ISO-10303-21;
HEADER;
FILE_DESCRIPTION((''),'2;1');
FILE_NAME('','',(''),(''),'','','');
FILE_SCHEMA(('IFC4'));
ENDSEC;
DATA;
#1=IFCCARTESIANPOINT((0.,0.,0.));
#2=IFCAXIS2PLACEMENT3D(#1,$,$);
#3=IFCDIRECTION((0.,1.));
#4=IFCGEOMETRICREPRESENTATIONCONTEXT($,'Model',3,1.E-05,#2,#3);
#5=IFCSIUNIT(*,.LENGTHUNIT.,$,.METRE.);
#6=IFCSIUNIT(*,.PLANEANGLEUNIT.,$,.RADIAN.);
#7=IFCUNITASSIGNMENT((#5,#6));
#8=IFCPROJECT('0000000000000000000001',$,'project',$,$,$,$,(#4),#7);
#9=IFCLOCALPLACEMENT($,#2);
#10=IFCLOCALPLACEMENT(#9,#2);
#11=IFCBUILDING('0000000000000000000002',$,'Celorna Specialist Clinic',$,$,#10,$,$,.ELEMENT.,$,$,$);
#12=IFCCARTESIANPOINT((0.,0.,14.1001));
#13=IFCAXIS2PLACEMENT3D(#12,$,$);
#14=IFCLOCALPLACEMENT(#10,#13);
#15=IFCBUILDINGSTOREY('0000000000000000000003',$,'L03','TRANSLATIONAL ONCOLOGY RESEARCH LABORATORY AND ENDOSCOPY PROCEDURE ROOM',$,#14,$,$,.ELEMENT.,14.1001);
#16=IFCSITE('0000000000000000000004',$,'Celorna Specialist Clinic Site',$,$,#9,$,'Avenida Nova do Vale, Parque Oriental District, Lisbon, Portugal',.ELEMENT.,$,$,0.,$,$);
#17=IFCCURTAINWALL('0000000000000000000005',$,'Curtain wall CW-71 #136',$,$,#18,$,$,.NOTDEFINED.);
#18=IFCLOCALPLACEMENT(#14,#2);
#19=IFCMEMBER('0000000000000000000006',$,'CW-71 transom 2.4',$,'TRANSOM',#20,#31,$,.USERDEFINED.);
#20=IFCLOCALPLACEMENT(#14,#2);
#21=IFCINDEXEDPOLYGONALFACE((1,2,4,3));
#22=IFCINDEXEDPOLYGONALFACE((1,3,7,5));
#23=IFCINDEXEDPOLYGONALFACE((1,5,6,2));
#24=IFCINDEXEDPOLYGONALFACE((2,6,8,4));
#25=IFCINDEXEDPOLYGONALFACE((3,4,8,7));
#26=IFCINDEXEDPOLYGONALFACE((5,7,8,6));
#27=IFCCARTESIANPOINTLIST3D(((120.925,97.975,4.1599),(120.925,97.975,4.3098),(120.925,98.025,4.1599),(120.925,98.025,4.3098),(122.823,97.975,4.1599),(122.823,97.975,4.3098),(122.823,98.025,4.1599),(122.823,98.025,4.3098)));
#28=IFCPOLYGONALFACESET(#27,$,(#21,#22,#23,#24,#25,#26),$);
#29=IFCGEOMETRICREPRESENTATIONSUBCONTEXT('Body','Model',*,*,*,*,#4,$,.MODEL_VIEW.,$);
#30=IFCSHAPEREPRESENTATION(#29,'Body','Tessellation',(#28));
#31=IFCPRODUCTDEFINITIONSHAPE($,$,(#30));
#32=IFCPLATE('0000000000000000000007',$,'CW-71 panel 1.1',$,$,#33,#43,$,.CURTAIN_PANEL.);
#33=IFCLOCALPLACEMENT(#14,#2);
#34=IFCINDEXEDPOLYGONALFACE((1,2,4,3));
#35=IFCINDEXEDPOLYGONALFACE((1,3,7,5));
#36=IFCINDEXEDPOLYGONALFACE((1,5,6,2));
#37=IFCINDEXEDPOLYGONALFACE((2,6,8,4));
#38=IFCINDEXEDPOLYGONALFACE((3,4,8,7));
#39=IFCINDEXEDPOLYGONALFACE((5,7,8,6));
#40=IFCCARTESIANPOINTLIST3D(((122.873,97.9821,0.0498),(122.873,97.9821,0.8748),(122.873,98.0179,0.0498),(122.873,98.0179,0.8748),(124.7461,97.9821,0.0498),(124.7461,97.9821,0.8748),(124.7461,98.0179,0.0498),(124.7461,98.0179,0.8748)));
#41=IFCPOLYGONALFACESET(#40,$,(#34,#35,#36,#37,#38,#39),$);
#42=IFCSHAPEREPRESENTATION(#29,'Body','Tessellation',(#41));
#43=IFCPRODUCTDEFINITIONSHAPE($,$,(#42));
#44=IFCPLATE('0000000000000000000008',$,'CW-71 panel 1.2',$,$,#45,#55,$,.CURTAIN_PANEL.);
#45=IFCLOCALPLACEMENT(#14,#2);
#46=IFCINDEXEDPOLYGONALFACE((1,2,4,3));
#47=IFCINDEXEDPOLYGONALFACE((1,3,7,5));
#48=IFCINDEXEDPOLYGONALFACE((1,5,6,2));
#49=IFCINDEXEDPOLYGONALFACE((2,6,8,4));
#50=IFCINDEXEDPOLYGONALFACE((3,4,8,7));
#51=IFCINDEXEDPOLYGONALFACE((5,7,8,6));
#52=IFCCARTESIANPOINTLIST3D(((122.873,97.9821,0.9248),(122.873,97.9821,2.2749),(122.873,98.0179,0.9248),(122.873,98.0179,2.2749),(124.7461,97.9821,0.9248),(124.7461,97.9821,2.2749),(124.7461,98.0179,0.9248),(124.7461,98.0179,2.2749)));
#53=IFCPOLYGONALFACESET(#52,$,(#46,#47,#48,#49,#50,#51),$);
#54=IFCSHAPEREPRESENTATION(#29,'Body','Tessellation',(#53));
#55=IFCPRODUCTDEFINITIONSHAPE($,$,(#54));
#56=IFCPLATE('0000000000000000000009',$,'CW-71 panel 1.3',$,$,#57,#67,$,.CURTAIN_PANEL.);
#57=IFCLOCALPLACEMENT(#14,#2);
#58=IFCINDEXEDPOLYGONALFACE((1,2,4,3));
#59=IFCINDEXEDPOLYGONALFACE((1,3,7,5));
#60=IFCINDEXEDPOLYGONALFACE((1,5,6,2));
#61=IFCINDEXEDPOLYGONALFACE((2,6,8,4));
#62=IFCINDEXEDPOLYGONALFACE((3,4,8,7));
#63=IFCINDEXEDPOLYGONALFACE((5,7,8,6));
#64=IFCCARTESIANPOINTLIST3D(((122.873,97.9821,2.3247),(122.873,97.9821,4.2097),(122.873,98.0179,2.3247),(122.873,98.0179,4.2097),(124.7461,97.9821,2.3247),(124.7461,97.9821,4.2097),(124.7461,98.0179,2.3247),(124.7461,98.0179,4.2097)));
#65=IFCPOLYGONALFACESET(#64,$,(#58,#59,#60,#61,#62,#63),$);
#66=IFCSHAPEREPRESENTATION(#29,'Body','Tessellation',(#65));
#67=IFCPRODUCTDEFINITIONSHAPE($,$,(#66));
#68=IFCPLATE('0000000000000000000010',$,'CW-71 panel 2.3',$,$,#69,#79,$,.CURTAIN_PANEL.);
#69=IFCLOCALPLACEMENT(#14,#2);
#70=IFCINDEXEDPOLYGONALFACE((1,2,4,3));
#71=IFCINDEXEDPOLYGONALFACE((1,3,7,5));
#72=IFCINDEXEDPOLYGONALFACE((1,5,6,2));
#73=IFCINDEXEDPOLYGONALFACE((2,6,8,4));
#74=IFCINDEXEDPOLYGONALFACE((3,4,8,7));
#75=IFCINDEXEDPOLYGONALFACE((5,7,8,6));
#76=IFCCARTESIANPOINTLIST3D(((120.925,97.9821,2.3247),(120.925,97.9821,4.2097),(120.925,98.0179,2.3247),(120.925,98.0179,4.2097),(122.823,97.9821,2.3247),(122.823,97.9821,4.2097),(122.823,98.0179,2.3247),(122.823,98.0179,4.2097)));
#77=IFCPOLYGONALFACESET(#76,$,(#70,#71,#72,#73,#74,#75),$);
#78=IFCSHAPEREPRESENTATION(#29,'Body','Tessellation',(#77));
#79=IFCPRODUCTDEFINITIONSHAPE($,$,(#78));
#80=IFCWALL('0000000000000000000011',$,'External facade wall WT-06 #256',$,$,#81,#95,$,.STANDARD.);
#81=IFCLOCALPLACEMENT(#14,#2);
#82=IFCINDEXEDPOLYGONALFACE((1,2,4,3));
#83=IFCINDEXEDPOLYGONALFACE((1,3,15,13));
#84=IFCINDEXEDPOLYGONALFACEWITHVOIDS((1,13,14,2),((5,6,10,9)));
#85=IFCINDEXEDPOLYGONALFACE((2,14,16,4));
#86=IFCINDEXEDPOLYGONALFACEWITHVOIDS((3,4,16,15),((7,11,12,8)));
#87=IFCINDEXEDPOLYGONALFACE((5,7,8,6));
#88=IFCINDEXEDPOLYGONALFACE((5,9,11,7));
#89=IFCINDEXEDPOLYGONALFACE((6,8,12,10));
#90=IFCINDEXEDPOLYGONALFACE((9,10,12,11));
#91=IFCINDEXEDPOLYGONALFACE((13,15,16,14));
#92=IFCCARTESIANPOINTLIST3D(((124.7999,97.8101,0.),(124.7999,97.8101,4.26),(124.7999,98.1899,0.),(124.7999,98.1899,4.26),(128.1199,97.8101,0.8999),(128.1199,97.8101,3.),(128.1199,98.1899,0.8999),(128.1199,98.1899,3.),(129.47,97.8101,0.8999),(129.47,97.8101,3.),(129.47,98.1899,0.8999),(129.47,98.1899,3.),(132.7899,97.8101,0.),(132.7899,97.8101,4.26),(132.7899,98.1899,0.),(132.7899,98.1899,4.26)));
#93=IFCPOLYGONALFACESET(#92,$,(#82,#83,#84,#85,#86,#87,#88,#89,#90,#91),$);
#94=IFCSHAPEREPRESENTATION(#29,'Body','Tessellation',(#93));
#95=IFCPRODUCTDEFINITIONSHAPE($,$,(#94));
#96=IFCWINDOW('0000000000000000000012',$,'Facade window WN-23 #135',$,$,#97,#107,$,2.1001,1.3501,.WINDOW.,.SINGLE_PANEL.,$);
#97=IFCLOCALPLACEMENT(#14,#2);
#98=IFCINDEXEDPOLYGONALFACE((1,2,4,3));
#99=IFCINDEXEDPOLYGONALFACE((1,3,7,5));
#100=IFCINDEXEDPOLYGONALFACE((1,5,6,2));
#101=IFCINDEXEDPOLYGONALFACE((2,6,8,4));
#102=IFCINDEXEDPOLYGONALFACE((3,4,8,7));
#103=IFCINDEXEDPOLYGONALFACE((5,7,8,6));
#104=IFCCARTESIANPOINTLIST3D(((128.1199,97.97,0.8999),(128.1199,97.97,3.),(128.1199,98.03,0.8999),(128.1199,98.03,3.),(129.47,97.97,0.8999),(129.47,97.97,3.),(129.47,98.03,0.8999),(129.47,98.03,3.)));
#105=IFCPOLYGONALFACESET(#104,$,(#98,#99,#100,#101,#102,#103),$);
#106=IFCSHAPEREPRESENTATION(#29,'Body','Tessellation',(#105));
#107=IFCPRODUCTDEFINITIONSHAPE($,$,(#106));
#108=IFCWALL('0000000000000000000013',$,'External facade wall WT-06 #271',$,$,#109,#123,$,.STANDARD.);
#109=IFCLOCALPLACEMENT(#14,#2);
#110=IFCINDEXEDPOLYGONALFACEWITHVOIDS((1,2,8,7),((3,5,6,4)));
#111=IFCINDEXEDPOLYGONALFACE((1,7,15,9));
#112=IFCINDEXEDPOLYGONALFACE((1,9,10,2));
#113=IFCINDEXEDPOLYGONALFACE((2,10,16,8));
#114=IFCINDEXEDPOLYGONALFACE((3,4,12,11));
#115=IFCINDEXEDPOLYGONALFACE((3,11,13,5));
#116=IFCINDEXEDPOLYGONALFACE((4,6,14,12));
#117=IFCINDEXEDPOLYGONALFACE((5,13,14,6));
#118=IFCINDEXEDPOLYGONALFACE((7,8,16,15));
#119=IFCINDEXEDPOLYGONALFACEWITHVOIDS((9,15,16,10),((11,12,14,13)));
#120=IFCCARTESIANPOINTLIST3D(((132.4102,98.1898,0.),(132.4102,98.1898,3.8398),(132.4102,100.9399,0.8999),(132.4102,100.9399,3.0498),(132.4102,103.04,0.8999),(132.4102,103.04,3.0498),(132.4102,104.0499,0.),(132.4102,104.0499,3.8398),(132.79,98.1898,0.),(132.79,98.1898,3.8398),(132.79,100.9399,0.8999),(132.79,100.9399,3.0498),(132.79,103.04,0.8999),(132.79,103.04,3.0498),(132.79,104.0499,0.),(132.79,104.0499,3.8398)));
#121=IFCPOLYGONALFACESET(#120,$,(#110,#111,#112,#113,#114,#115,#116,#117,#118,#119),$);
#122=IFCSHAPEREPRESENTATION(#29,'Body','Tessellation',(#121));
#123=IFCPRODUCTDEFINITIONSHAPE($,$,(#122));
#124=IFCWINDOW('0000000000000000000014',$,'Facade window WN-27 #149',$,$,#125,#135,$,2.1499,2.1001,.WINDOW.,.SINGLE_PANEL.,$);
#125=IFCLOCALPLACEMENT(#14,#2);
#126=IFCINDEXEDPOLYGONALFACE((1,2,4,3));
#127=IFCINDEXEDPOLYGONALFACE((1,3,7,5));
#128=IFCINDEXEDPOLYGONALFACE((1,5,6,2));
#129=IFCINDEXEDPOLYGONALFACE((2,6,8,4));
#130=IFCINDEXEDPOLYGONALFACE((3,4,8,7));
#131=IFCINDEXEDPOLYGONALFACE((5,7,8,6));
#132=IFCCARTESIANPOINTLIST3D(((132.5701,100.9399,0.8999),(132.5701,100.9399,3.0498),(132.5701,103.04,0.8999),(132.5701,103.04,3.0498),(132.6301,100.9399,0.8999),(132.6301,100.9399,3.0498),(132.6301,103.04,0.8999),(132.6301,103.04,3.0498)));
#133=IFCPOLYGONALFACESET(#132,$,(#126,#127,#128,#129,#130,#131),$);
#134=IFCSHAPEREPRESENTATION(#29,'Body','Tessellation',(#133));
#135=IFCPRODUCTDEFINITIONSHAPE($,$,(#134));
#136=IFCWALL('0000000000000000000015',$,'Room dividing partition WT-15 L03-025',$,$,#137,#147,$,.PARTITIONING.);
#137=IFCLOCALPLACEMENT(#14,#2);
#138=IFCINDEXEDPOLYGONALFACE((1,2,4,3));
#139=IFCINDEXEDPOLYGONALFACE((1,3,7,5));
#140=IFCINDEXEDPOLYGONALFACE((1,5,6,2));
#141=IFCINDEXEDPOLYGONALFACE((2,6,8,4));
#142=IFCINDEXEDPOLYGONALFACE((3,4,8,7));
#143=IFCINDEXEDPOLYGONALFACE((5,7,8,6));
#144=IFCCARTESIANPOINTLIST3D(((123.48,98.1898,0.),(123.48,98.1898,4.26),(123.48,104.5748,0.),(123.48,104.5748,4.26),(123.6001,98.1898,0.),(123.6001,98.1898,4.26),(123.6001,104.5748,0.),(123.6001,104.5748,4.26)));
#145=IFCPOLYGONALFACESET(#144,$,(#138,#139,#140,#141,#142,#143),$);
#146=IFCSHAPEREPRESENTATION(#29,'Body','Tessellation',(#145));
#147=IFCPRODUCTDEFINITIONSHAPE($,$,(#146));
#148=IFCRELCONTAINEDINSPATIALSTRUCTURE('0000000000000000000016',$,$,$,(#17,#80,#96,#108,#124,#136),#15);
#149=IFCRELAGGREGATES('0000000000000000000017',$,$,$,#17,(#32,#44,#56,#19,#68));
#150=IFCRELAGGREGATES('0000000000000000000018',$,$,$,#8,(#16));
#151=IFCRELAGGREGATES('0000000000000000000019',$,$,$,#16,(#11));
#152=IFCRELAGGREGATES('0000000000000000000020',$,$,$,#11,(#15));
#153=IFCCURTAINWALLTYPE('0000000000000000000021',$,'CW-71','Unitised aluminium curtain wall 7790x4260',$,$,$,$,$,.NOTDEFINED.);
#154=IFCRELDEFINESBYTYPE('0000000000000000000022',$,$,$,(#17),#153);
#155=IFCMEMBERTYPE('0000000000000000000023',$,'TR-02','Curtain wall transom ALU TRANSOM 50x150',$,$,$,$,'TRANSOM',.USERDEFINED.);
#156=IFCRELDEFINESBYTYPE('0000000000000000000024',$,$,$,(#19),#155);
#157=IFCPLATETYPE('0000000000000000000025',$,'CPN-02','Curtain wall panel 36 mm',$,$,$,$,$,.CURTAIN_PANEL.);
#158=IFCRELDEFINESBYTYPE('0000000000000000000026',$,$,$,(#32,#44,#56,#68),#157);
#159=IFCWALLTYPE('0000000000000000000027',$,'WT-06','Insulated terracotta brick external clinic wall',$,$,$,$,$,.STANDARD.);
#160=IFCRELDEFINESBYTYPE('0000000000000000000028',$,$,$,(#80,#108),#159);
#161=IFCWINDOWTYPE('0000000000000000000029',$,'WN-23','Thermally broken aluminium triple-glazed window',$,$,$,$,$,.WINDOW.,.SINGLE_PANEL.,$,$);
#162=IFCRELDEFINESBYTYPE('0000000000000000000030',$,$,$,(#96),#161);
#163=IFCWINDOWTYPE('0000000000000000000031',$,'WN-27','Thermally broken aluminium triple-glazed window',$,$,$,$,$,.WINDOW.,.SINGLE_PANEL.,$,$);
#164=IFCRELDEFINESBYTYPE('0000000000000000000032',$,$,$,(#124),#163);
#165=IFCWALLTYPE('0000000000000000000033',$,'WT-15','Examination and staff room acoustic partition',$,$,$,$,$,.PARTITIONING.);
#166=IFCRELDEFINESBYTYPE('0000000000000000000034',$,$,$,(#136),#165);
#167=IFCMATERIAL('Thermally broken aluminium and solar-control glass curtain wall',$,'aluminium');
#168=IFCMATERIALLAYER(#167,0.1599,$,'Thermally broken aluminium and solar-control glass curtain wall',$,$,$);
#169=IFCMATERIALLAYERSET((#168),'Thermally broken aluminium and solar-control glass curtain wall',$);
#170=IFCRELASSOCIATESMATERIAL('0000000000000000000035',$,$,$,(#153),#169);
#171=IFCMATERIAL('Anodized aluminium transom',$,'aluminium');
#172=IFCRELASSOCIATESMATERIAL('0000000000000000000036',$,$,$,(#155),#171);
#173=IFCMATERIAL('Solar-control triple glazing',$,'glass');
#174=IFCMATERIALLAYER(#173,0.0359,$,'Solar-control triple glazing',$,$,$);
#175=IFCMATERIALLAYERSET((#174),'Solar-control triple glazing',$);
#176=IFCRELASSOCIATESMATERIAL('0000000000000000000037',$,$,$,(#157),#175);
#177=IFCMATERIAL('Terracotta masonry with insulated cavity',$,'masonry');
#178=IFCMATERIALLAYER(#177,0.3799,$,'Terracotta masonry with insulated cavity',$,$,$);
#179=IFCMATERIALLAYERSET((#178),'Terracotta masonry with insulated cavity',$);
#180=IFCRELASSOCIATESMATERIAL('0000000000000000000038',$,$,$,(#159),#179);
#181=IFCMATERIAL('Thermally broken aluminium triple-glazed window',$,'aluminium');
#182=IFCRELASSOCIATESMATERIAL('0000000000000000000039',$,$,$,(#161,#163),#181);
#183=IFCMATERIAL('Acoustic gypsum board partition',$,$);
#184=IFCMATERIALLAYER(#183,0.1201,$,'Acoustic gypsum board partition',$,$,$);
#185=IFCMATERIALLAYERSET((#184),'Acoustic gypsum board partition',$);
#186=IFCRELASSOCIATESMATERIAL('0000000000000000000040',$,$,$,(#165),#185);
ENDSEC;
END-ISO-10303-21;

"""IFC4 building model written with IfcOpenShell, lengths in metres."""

from ifc_helpers import new_model, si_unit, direction, frame, frame_2d, origin, origin_2d, place, context, subcontext, project, spatial, rectangle, extrude, material, layer, layer_set, material_profile, profile_set, type_object, element, fill, aggregate, save


model = new_model("IFC4")

# Units and contexts
model_context = context("Model", 3, precision=1e-05, world=origin(), true_north=direction((0.0, 1.0)))
body_context = subcontext(model_context, "Body", "Model", "MODEL_VIEW")
ifc_project = project(units=[si_unit("LENGTHUNIT", "METRE"), si_unit("PLANEANGLEUNIT", "RADIAN")], contexts=[model_context])

# Site, building, storey
site_placement = place(None, origin())
site = spatial("IfcSite", under=ifc_project, at=site_placement, Name="Celorna Specialist Clinic Site", LongName="Avenida Nova do Vale, Parque Oriental District, Lisbon, Portugal", CompositionType="ELEMENT", RefElevation=0.0)
building_placement = place(site_placement, origin())
building = spatial("IfcBuilding", under=site, at=building_placement, Name="Celorna Specialist Clinic", CompositionType="ELEMENT")
storey_placement = place(building_placement, frame((0.0, 0.0, 14.1001)))
storey = spatial("IfcBuildingStorey", under=building, at=storey_placement, Name="L03", Description="TRANSLATIONAL ONCOLOGY RESEARCH LABORATORY AND ENDOSCOPY PROCEDURE ROOM", CompositionType="ELEMENT", Elevation=14.1001)

# Curtain wall, member, plates
ifc_material_1 = material(Name="Thermally broken aluminium and solar-control glass curtain wall", Category="aluminium")
ifc_layer_1 = layer(ifc_material_1, 0.1599, Name="Thermally broken aluminium and solar-control glass curtain wall")
ifc_layer_set_1 = layer_set([ifc_layer_1], Name="Thermally broken aluminium and solar-control glass curtain wall")
curtain_wall_type = type_object("IfcCurtainWallType", Name="CW-71", Description="Unitised aluminium curtain wall 7790x4260", PredefinedType="NOTDEFINED", material=ifc_layer_set_1)
curtain_wall_placement = place(storey_placement, origin())
curtain_wall = element("IfcCurtainWall", 1, at=curtain_wall_placement, inside=storey, type_object=curtain_wall_type, Name="Curtain wall CW-71 #136", PredefinedType="NOTDEFINED")
ifc_material_2 = material(Name="Anodized aluminium transom", Category="aluminium")
ifc_material_profile_1 = material_profile(ifc_material_2, rectangle(XDim=0.05, YDim=0.1499, at=origin_2d()), Name="ALU TRANSOM 50x150")
ifc_profile_set_1 = profile_set([ifc_material_profile_1], Name="Anodized aluminium transom")
member_type_1 = type_object("IfcMemberType", Name="TR-02", Description="Curtain wall transom ALU TRANSOM 50x150", ElementType="TRANSOM", PredefinedType="USERDEFINED", material=ifc_profile_set_1)
member_1_placement = place(storey_placement, frame((122.823, 98.0, 4.2349), z_axis=(-1.0, 0.0, 0.0), x_axis=(0.0, -1.0, 0.0)))
member_1 = element("IfcMember", 2, at=member_1_placement, type_object=member_type_1, Name="CW-71 transom 2.4", ObjectType="TRANSOM", PredefinedType="USERDEFINED", context=body_context, shape_type="SweptSolid", body=[
    extrude(rectangle(XDim=0.05, YDim=0.1499, at=origin_2d()), origin(), (0.0, 0.0, 1.0), 1.8979),
])
ifc_material_3 = material(Name="Solar-control triple glazing", Category="glass")
ifc_layer_2 = layer(ifc_material_3, 0.0359, Name="Solar-control triple glazing")
ifc_layer_set_2 = layer_set([ifc_layer_2], Name="Solar-control triple glazing")
plate_type = type_object("IfcPlateType", Name="CPN-02", Description="Curtain wall panel 36 mm", PredefinedType="CURTAIN_PANEL", material=ifc_layer_set_2)
plate_1_placement = place(storey_placement, frame((123.8096, 98.0, 0.0498), z_axis=(0.0, 0.0, 1.0), x_axis=(-1.0, 0.0, 0.0)))
plate_1 = element("IfcPlate", 3, at=plate_1_placement, type_object=plate_type, Name="CW-71 panel 1.1", PredefinedType="CURTAIN_PANEL", context=body_context, shape_type="SweptSolid", body=[
    extrude(rectangle(XDim=1.873, YDim=0.0359, at=origin_2d()), origin(), (0.0, 0.0, 1.0), 0.825),
])
plate_2_placement = place(storey_placement, frame((123.8096, 98.0, 0.9248), z_axis=(0.0, 0.0, 1.0), x_axis=(-1.0, 0.0, 0.0)))
plate_2 = element("IfcPlate", 4, at=plate_2_placement, type_object=plate_type, Name="CW-71 panel 1.2", PredefinedType="CURTAIN_PANEL", context=body_context, shape_type="SweptSolid", body=[
    extrude(rectangle(XDim=1.873, YDim=0.0359, at=origin_2d()), origin(), (0.0, 0.0, 1.0), 1.3501),
])
plate_3_placement = place(storey_placement, frame((123.8096, 98.0, 2.3247), z_axis=(0.0, 0.0, 1.0), x_axis=(-1.0, 0.0, 0.0)))
plate_3 = element("IfcPlate", 5, at=plate_3_placement, type_object=plate_type, Name="CW-71 panel 1.3", PredefinedType="CURTAIN_PANEL", context=body_context, shape_type="SweptSolid", body=[
    extrude(rectangle(XDim=1.873, YDim=0.0359, at=origin_2d()), origin(), (0.0, 0.0, 1.0), 1.885),
])
plate_4_placement = place(storey_placement, frame((121.874, 98.0, 2.3247), z_axis=(0.0, 0.0, 1.0), x_axis=(-1.0, 0.0, 0.0)))
plate_4 = element("IfcPlate", 6, at=plate_4_placement, type_object=plate_type, Name="CW-71 panel 2.3", PredefinedType="CURTAIN_PANEL", context=body_context, shape_type="SweptSolid", body=[
    extrude(rectangle(XDim=1.8979, YDim=0.0359, at=origin_2d()), origin(), (0.0, 0.0, 1.0), 1.885),
])
aggregate(curtain_wall, [plate_1, plate_2, plate_3, member_1, plate_4])

# Walls, openings, windows
ifc_material_4 = material(Name="Terracotta masonry with insulated cavity", Category="masonry")
ifc_layer_3 = layer(ifc_material_4, 0.3799, Name="Terracotta masonry with insulated cavity")
ifc_layer_set_3 = layer_set([ifc_layer_3], Name="Terracotta masonry with insulated cavity")
wall_type_1 = type_object("IfcWallType", Name="WT-06", Description="Insulated terracotta brick external clinic wall", PredefinedType="STANDARD", material=ifc_layer_set_3)
wall_1_placement = place(storey_placement, frame((132.79, 98.0, 0.0), z_axis=(0.0, 0.0, 1.0), x_axis=(-1.0, 0.0, 0.0)))
wall_1 = element("IfcWall", 7, at=wall_1_placement, inside=storey, type_object=wall_type_1, Name="External facade wall WT-06 #256", PredefinedType="STANDARD", context=body_context, shape_type="SweptSolid", body=[
    extrude(rectangle(XDim=7.99, YDim=0.3799, at=frame_2d((3.9951, 0.0))), origin(), (0.0, 0.0, 1.0), 4.26),
])
opening_1_placement = place(wall_1_placement, frame((3.3201, 0.0, 0.8999)))
opening_1 = element("IfcOpeningElement", 8, at=opening_1_placement, cuts=wall_1, PredefinedType="OPENING", context=body_context, shape_type="SweptSolid", body=[
    extrude(rectangle(XDim=1.3501, YDim=2.1001, at=frame_2d((0.675, 1.05))), frame((0.0, 0.2, 0.0), z_axis=(0.0, -1.0, 0.0), x_axis=(1.0, 0.0, 0.0)), (0.0, 0.0, 1.0), 0.3999),
])
ifc_material_5 = material(Name="Thermally broken aluminium triple-glazed window", Category="aluminium")
window_type_1 = type_object("IfcWindowType", Name="WN-23", Description="Thermally broken aluminium triple-glazed window", PartitioningType="SINGLE_PANEL", PredefinedType="WINDOW", material=ifc_material_5)
window_1_placement = place(opening_1_placement, origin())
window_1 = element("IfcWindow", 9, at=window_1_placement, inside=storey, type_object=window_type_1, Name="Facade window WN-23 #135", OverallHeight=2.1001, OverallWidth=1.3501, PartitioningType="SINGLE_PANEL", PredefinedType="WINDOW", context=body_context, shape_type="SweptSolid", body=[
    extrude(rectangle(XDim=1.3501, YDim=2.1001, at=frame_2d((0.675, 1.05))), frame((0.0, 0.03, 0.0), z_axis=(0.0, -1.0, 0.0), x_axis=(1.0, 0.0, 0.0)), (0.0, 0.0, 1.0), 0.0601),
])
fill(opening_1, window_1)
wall_2_placement = place(storey_placement, frame((132.6001, 104.05, 0.0), z_axis=(0.0, 0.0, 1.0), x_axis=(0.0, -1.0, 0.0)))
wall_2 = element("IfcWall", 10, at=wall_2_placement, inside=storey, type_object=wall_type_1, Name="External facade wall WT-06 #271", PredefinedType="STANDARD", context=body_context, shape_type="SweptSolid", body=[
    extrude(rectangle(XDim=5.8601, YDim=0.3799, at=frame_2d((2.9302, 0.0))), origin(), (0.0, 0.0, 1.0), 3.8398),
])
opening_2_placement = place(wall_2_placement, frame((1.01, 0.0, 0.8999)))
opening_2 = element("IfcOpeningElement", 11, at=opening_2_placement, cuts=wall_2, PredefinedType="OPENING", context=body_context, shape_type="SweptSolid", body=[
    extrude(rectangle(XDim=2.1001, YDim=2.1499, at=frame_2d((1.05, 1.075))), frame((0.0, 0.2, 0.0), z_axis=(0.0, -1.0, 0.0), x_axis=(1.0, 0.0, 0.0)), (0.0, 0.0, 1.0), 0.3999),
])
window_type_2 = type_object("IfcWindowType", Name="WN-27", Description="Thermally broken aluminium triple-glazed window", PartitioningType="SINGLE_PANEL", PredefinedType="WINDOW", material=ifc_material_5)
window_2_placement = place(opening_2_placement, origin())
window_2 = element("IfcWindow", 12, at=window_2_placement, inside=storey, type_object=window_type_2, Name="Facade window WN-27 #149", OverallHeight=2.1499, OverallWidth=2.1001, PartitioningType="SINGLE_PANEL", PredefinedType="WINDOW", context=body_context, shape_type="SweptSolid", body=[
    extrude(rectangle(XDim=2.1001, YDim=2.1499, at=frame_2d((1.05, 1.075))), frame((0.0, 0.03, 0.0), z_axis=(0.0, -1.0, 0.0), x_axis=(1.0, 0.0, 0.0)), (0.0, 0.0, 1.0), 0.0601),
])
fill(opening_2, window_2)

# Wall
ifc_material_6 = material(Name="Acoustic gypsum board partition")
ifc_layer_4 = layer(ifc_material_6, 0.1201, Name="Acoustic gypsum board partition")
ifc_layer_set_4 = layer_set([ifc_layer_4], Name="Acoustic gypsum board partition")
wall_type_2 = type_object("IfcWallType", Name="WT-15", Description="Examination and staff room acoustic partition", PredefinedType="PARTITIONING", material=ifc_layer_set_4)
wall_3_placement = place(storey_placement, frame((123.54, 98.1899, 0.0), z_axis=(0.0, 0.0, 1.0), x_axis=(0.0, 1.0, 0.0)))
element("IfcWall", 13, at=wall_3_placement, inside=storey, type_object=wall_type_2, Name="Room dividing partition WT-15 L03-025", PredefinedType="PARTITIONING", context=body_context, shape_type="SweptSolid", body=[
    extrude(rectangle(XDim=6.385, YDim=0.1201, at=frame_2d((3.1924, 0.0))), origin(), (0.0, 0.0, 1.0), 4.26),
])

save(model, "model.ifc")
